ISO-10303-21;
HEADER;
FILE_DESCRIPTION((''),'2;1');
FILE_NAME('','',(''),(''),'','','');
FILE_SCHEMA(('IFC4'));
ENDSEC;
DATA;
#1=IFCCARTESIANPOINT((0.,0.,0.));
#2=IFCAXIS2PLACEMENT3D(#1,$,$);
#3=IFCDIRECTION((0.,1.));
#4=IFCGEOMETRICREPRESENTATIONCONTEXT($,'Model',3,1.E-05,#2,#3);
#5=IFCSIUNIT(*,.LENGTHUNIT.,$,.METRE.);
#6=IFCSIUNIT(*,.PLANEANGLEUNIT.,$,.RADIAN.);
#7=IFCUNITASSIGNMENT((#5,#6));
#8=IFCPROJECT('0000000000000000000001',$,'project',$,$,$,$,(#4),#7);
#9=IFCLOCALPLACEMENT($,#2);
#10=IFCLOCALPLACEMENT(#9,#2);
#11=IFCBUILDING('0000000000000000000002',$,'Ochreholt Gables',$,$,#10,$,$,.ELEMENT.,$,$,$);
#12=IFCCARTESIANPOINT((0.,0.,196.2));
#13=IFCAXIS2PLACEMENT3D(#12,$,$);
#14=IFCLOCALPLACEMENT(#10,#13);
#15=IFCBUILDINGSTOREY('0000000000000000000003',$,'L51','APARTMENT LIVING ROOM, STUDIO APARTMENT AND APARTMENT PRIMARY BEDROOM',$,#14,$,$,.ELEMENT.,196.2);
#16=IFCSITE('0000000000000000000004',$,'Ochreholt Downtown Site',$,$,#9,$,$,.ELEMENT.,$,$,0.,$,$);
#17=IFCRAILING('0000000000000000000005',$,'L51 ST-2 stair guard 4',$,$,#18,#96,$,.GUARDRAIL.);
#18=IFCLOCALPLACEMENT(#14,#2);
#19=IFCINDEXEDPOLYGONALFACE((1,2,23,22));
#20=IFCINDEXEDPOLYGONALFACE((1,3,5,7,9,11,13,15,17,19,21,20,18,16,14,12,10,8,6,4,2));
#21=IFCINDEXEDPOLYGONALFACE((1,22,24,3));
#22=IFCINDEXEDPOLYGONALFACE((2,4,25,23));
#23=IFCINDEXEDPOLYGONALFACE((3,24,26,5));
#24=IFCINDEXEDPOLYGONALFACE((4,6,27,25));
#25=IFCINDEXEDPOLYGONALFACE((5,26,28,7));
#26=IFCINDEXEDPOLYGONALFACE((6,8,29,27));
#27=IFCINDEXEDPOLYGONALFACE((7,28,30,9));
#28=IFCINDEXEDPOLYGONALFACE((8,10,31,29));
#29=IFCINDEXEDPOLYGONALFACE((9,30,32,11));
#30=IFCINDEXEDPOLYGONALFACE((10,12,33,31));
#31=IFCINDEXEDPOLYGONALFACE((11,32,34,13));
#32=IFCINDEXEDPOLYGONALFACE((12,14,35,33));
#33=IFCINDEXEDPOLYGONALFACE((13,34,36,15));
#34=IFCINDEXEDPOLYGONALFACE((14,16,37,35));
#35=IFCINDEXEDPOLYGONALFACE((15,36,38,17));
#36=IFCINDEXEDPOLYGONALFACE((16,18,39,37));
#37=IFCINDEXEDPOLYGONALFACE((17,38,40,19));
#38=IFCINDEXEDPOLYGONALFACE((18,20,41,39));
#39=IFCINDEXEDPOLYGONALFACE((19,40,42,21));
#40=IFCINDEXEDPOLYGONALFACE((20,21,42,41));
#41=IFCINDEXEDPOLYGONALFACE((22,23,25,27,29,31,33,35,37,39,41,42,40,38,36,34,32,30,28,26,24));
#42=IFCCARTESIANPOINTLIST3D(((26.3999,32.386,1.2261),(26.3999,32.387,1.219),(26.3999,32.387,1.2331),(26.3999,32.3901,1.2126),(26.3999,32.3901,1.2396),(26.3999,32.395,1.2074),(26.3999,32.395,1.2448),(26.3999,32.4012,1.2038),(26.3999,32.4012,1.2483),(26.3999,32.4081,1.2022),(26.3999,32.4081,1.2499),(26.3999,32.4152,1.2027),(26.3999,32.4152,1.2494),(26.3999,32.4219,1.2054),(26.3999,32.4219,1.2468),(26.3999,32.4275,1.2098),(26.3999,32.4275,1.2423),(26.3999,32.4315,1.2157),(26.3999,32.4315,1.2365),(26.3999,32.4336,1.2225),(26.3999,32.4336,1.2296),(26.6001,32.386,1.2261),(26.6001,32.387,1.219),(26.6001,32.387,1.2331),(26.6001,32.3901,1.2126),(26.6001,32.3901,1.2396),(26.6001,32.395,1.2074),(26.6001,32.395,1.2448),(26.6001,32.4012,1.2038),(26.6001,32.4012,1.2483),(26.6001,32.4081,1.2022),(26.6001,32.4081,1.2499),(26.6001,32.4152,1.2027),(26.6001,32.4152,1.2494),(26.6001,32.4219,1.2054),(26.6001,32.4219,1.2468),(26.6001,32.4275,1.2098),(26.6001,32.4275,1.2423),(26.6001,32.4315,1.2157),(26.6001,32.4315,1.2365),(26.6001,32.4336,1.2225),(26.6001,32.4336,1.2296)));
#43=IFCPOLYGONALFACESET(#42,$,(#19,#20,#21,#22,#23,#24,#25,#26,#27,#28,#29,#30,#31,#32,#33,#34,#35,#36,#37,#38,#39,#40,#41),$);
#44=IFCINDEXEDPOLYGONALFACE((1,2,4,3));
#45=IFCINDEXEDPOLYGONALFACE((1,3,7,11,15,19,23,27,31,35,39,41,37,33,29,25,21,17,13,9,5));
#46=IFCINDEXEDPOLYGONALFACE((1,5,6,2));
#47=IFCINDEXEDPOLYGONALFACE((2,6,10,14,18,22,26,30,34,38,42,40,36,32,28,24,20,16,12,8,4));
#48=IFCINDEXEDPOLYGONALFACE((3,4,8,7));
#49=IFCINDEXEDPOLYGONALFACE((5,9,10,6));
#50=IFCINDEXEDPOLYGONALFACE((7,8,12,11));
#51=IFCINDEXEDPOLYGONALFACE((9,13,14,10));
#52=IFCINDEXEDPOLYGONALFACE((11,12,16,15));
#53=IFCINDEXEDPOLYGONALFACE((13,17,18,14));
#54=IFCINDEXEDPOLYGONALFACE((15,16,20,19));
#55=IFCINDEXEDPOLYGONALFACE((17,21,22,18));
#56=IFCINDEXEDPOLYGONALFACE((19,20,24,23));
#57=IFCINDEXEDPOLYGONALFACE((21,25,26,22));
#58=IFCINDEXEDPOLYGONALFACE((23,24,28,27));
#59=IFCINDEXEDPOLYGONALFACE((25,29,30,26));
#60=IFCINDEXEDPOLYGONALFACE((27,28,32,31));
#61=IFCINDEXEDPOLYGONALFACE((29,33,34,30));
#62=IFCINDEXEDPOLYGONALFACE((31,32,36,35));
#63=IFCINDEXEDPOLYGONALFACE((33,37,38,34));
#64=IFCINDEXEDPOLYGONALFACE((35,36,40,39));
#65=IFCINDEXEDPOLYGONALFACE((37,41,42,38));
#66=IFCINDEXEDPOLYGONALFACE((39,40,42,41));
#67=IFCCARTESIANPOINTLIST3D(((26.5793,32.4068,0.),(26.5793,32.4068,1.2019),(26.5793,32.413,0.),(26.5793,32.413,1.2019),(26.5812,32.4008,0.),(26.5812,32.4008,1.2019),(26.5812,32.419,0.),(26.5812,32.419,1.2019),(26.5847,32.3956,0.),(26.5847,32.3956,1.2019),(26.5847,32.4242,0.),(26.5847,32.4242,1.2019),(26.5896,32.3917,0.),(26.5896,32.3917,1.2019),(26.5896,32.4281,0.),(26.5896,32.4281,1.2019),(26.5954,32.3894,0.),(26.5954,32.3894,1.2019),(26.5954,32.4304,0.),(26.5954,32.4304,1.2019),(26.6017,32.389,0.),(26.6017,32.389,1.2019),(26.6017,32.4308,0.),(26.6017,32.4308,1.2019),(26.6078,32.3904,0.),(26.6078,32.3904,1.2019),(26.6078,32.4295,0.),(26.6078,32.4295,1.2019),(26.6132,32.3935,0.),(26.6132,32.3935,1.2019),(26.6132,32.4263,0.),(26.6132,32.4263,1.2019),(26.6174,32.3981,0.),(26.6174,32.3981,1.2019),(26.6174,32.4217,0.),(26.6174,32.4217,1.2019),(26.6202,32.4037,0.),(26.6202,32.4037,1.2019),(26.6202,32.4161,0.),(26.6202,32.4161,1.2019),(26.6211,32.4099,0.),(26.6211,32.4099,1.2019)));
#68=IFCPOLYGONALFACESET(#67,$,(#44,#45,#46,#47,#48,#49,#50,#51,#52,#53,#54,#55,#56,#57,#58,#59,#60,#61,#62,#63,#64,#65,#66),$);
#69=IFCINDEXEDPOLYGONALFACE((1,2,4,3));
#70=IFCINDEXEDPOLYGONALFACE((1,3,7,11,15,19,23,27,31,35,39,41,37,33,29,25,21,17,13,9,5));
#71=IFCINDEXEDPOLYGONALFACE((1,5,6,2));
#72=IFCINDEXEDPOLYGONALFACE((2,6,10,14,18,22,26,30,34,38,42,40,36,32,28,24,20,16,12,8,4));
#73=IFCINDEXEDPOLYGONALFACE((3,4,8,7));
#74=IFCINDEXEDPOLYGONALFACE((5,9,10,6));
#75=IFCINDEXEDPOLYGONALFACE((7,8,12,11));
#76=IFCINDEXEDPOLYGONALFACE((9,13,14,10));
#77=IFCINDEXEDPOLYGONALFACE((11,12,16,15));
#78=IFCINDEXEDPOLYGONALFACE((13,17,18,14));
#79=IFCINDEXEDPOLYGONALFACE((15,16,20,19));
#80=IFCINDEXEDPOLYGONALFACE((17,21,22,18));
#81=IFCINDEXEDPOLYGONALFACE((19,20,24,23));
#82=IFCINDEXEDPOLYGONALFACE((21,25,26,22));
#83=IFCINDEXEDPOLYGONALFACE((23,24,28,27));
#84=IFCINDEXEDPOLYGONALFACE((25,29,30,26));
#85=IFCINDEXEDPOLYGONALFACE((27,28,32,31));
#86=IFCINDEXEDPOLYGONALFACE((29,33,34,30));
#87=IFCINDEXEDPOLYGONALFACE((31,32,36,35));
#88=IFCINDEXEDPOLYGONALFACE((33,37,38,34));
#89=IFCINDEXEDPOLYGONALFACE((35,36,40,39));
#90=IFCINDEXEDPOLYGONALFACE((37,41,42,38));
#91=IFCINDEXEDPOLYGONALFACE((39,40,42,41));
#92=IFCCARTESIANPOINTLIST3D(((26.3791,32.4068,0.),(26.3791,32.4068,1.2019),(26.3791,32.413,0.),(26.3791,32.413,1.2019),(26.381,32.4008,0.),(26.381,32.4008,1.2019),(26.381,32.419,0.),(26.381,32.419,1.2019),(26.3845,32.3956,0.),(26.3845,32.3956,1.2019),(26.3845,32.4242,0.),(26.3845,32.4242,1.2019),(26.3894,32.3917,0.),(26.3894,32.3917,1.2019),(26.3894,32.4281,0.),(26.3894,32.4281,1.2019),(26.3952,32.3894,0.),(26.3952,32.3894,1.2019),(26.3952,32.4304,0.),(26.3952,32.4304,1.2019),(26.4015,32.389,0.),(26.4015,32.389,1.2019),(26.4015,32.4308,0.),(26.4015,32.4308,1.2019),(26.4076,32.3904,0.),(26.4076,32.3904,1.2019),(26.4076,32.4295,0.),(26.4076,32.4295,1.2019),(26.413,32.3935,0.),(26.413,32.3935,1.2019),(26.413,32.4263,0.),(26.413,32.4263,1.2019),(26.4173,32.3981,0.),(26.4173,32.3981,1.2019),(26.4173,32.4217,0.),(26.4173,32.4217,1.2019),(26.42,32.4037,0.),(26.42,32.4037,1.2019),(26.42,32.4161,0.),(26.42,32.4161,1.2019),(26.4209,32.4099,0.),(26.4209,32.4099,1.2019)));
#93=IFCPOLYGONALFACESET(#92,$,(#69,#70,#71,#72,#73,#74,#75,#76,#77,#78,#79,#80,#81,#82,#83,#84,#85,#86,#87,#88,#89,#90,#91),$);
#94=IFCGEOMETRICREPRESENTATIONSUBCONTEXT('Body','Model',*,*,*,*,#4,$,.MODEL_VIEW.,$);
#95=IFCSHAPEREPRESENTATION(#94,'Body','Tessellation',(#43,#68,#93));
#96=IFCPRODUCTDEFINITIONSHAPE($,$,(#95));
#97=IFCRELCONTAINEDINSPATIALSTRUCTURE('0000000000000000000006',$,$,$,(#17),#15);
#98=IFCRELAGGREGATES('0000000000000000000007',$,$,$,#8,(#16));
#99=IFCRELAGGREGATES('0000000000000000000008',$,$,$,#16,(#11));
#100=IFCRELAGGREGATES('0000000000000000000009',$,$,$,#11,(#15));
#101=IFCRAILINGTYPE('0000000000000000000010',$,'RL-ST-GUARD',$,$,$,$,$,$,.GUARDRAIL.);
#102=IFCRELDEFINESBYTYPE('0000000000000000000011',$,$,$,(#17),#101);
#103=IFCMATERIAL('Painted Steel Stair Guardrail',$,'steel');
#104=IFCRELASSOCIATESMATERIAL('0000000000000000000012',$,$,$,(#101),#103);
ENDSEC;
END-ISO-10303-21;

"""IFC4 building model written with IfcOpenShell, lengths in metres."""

from ifc_helpers import new_model, si_unit, direction, frame, origin, origin_2d, place, context, subcontext, project, spatial, circle, extrude, material, type_object, element, save


model = new_model("IFC4")

# Units and contexts
model_context = context("Model", 3, precision=1e-05, world=origin(), true_north=direction((0.0, 1.0)))
body_context = subcontext(model_context, "Body", "Model", "MODEL_VIEW")
ifc_project = project(units=[si_unit("LENGTHUNIT", "METRE"), si_unit("PLANEANGLEUNIT", "RADIAN")], contexts=[model_context])

# Site, building, storey
site_placement = place(None, origin())
site = spatial("IfcSite", under=ifc_project, at=site_placement, Name="Ochreholt Downtown Site", CompositionType="ELEMENT", RefElevation=0.0)
building_placement = place(site_placement, origin())
building = spatial("IfcBuilding", under=site, at=building_placement, Name="Ochreholt Gables", CompositionType="ELEMENT")
storey_placement = place(building_placement, frame((0.0, 0.0, 196.2)))
storey = spatial("IfcBuildingStorey", under=building, at=storey_placement, Name="L51", Description="APARTMENT LIVING ROOM, STUDIO APARTMENT AND APARTMENT PRIMARY BEDROOM", CompositionType="ELEMENT", Elevation=196.2)

# Railing
ifc_material_1 = material(Name="Painted Steel Stair Guardrail", Category="steel")
railing_type = type_object("IfcRailingType", Name="RL-ST-GUARD", PredefinedType="GUARDRAIL", material=ifc_material_1)
railing_1_placement = place(storey_placement, frame((26.6001, 32.4099, 0.0)))
element("IfcRailing", 1, at=railing_1_placement, inside=storey, type_object=railing_type, Name="L51 ST-2 stair guard 4", PredefinedType="GUARDRAIL", context=body_context, shape_type="SweptSolid", body=[
    extrude(circle(Radius=0.0239, at=origin_2d()), frame((0.0, 0.0, 1.2261), z_axis=(-1.0, 0.0, 0.0), x_axis=(0.0, -1.0, 0.0)), (0.0, 0.0, 1.0), 0.2002),
    extrude(circle(Radius=0.021, at=origin_2d()), origin(), (0.0, 0.0, 1.0), 1.2019),
    extrude(circle(Radius=0.021, at=origin_2d()), frame((-0.2002, 0.0, 0.0)), (0.0, 0.0, 1.0), 1.2019),
])

save(model, "model.ifc")
